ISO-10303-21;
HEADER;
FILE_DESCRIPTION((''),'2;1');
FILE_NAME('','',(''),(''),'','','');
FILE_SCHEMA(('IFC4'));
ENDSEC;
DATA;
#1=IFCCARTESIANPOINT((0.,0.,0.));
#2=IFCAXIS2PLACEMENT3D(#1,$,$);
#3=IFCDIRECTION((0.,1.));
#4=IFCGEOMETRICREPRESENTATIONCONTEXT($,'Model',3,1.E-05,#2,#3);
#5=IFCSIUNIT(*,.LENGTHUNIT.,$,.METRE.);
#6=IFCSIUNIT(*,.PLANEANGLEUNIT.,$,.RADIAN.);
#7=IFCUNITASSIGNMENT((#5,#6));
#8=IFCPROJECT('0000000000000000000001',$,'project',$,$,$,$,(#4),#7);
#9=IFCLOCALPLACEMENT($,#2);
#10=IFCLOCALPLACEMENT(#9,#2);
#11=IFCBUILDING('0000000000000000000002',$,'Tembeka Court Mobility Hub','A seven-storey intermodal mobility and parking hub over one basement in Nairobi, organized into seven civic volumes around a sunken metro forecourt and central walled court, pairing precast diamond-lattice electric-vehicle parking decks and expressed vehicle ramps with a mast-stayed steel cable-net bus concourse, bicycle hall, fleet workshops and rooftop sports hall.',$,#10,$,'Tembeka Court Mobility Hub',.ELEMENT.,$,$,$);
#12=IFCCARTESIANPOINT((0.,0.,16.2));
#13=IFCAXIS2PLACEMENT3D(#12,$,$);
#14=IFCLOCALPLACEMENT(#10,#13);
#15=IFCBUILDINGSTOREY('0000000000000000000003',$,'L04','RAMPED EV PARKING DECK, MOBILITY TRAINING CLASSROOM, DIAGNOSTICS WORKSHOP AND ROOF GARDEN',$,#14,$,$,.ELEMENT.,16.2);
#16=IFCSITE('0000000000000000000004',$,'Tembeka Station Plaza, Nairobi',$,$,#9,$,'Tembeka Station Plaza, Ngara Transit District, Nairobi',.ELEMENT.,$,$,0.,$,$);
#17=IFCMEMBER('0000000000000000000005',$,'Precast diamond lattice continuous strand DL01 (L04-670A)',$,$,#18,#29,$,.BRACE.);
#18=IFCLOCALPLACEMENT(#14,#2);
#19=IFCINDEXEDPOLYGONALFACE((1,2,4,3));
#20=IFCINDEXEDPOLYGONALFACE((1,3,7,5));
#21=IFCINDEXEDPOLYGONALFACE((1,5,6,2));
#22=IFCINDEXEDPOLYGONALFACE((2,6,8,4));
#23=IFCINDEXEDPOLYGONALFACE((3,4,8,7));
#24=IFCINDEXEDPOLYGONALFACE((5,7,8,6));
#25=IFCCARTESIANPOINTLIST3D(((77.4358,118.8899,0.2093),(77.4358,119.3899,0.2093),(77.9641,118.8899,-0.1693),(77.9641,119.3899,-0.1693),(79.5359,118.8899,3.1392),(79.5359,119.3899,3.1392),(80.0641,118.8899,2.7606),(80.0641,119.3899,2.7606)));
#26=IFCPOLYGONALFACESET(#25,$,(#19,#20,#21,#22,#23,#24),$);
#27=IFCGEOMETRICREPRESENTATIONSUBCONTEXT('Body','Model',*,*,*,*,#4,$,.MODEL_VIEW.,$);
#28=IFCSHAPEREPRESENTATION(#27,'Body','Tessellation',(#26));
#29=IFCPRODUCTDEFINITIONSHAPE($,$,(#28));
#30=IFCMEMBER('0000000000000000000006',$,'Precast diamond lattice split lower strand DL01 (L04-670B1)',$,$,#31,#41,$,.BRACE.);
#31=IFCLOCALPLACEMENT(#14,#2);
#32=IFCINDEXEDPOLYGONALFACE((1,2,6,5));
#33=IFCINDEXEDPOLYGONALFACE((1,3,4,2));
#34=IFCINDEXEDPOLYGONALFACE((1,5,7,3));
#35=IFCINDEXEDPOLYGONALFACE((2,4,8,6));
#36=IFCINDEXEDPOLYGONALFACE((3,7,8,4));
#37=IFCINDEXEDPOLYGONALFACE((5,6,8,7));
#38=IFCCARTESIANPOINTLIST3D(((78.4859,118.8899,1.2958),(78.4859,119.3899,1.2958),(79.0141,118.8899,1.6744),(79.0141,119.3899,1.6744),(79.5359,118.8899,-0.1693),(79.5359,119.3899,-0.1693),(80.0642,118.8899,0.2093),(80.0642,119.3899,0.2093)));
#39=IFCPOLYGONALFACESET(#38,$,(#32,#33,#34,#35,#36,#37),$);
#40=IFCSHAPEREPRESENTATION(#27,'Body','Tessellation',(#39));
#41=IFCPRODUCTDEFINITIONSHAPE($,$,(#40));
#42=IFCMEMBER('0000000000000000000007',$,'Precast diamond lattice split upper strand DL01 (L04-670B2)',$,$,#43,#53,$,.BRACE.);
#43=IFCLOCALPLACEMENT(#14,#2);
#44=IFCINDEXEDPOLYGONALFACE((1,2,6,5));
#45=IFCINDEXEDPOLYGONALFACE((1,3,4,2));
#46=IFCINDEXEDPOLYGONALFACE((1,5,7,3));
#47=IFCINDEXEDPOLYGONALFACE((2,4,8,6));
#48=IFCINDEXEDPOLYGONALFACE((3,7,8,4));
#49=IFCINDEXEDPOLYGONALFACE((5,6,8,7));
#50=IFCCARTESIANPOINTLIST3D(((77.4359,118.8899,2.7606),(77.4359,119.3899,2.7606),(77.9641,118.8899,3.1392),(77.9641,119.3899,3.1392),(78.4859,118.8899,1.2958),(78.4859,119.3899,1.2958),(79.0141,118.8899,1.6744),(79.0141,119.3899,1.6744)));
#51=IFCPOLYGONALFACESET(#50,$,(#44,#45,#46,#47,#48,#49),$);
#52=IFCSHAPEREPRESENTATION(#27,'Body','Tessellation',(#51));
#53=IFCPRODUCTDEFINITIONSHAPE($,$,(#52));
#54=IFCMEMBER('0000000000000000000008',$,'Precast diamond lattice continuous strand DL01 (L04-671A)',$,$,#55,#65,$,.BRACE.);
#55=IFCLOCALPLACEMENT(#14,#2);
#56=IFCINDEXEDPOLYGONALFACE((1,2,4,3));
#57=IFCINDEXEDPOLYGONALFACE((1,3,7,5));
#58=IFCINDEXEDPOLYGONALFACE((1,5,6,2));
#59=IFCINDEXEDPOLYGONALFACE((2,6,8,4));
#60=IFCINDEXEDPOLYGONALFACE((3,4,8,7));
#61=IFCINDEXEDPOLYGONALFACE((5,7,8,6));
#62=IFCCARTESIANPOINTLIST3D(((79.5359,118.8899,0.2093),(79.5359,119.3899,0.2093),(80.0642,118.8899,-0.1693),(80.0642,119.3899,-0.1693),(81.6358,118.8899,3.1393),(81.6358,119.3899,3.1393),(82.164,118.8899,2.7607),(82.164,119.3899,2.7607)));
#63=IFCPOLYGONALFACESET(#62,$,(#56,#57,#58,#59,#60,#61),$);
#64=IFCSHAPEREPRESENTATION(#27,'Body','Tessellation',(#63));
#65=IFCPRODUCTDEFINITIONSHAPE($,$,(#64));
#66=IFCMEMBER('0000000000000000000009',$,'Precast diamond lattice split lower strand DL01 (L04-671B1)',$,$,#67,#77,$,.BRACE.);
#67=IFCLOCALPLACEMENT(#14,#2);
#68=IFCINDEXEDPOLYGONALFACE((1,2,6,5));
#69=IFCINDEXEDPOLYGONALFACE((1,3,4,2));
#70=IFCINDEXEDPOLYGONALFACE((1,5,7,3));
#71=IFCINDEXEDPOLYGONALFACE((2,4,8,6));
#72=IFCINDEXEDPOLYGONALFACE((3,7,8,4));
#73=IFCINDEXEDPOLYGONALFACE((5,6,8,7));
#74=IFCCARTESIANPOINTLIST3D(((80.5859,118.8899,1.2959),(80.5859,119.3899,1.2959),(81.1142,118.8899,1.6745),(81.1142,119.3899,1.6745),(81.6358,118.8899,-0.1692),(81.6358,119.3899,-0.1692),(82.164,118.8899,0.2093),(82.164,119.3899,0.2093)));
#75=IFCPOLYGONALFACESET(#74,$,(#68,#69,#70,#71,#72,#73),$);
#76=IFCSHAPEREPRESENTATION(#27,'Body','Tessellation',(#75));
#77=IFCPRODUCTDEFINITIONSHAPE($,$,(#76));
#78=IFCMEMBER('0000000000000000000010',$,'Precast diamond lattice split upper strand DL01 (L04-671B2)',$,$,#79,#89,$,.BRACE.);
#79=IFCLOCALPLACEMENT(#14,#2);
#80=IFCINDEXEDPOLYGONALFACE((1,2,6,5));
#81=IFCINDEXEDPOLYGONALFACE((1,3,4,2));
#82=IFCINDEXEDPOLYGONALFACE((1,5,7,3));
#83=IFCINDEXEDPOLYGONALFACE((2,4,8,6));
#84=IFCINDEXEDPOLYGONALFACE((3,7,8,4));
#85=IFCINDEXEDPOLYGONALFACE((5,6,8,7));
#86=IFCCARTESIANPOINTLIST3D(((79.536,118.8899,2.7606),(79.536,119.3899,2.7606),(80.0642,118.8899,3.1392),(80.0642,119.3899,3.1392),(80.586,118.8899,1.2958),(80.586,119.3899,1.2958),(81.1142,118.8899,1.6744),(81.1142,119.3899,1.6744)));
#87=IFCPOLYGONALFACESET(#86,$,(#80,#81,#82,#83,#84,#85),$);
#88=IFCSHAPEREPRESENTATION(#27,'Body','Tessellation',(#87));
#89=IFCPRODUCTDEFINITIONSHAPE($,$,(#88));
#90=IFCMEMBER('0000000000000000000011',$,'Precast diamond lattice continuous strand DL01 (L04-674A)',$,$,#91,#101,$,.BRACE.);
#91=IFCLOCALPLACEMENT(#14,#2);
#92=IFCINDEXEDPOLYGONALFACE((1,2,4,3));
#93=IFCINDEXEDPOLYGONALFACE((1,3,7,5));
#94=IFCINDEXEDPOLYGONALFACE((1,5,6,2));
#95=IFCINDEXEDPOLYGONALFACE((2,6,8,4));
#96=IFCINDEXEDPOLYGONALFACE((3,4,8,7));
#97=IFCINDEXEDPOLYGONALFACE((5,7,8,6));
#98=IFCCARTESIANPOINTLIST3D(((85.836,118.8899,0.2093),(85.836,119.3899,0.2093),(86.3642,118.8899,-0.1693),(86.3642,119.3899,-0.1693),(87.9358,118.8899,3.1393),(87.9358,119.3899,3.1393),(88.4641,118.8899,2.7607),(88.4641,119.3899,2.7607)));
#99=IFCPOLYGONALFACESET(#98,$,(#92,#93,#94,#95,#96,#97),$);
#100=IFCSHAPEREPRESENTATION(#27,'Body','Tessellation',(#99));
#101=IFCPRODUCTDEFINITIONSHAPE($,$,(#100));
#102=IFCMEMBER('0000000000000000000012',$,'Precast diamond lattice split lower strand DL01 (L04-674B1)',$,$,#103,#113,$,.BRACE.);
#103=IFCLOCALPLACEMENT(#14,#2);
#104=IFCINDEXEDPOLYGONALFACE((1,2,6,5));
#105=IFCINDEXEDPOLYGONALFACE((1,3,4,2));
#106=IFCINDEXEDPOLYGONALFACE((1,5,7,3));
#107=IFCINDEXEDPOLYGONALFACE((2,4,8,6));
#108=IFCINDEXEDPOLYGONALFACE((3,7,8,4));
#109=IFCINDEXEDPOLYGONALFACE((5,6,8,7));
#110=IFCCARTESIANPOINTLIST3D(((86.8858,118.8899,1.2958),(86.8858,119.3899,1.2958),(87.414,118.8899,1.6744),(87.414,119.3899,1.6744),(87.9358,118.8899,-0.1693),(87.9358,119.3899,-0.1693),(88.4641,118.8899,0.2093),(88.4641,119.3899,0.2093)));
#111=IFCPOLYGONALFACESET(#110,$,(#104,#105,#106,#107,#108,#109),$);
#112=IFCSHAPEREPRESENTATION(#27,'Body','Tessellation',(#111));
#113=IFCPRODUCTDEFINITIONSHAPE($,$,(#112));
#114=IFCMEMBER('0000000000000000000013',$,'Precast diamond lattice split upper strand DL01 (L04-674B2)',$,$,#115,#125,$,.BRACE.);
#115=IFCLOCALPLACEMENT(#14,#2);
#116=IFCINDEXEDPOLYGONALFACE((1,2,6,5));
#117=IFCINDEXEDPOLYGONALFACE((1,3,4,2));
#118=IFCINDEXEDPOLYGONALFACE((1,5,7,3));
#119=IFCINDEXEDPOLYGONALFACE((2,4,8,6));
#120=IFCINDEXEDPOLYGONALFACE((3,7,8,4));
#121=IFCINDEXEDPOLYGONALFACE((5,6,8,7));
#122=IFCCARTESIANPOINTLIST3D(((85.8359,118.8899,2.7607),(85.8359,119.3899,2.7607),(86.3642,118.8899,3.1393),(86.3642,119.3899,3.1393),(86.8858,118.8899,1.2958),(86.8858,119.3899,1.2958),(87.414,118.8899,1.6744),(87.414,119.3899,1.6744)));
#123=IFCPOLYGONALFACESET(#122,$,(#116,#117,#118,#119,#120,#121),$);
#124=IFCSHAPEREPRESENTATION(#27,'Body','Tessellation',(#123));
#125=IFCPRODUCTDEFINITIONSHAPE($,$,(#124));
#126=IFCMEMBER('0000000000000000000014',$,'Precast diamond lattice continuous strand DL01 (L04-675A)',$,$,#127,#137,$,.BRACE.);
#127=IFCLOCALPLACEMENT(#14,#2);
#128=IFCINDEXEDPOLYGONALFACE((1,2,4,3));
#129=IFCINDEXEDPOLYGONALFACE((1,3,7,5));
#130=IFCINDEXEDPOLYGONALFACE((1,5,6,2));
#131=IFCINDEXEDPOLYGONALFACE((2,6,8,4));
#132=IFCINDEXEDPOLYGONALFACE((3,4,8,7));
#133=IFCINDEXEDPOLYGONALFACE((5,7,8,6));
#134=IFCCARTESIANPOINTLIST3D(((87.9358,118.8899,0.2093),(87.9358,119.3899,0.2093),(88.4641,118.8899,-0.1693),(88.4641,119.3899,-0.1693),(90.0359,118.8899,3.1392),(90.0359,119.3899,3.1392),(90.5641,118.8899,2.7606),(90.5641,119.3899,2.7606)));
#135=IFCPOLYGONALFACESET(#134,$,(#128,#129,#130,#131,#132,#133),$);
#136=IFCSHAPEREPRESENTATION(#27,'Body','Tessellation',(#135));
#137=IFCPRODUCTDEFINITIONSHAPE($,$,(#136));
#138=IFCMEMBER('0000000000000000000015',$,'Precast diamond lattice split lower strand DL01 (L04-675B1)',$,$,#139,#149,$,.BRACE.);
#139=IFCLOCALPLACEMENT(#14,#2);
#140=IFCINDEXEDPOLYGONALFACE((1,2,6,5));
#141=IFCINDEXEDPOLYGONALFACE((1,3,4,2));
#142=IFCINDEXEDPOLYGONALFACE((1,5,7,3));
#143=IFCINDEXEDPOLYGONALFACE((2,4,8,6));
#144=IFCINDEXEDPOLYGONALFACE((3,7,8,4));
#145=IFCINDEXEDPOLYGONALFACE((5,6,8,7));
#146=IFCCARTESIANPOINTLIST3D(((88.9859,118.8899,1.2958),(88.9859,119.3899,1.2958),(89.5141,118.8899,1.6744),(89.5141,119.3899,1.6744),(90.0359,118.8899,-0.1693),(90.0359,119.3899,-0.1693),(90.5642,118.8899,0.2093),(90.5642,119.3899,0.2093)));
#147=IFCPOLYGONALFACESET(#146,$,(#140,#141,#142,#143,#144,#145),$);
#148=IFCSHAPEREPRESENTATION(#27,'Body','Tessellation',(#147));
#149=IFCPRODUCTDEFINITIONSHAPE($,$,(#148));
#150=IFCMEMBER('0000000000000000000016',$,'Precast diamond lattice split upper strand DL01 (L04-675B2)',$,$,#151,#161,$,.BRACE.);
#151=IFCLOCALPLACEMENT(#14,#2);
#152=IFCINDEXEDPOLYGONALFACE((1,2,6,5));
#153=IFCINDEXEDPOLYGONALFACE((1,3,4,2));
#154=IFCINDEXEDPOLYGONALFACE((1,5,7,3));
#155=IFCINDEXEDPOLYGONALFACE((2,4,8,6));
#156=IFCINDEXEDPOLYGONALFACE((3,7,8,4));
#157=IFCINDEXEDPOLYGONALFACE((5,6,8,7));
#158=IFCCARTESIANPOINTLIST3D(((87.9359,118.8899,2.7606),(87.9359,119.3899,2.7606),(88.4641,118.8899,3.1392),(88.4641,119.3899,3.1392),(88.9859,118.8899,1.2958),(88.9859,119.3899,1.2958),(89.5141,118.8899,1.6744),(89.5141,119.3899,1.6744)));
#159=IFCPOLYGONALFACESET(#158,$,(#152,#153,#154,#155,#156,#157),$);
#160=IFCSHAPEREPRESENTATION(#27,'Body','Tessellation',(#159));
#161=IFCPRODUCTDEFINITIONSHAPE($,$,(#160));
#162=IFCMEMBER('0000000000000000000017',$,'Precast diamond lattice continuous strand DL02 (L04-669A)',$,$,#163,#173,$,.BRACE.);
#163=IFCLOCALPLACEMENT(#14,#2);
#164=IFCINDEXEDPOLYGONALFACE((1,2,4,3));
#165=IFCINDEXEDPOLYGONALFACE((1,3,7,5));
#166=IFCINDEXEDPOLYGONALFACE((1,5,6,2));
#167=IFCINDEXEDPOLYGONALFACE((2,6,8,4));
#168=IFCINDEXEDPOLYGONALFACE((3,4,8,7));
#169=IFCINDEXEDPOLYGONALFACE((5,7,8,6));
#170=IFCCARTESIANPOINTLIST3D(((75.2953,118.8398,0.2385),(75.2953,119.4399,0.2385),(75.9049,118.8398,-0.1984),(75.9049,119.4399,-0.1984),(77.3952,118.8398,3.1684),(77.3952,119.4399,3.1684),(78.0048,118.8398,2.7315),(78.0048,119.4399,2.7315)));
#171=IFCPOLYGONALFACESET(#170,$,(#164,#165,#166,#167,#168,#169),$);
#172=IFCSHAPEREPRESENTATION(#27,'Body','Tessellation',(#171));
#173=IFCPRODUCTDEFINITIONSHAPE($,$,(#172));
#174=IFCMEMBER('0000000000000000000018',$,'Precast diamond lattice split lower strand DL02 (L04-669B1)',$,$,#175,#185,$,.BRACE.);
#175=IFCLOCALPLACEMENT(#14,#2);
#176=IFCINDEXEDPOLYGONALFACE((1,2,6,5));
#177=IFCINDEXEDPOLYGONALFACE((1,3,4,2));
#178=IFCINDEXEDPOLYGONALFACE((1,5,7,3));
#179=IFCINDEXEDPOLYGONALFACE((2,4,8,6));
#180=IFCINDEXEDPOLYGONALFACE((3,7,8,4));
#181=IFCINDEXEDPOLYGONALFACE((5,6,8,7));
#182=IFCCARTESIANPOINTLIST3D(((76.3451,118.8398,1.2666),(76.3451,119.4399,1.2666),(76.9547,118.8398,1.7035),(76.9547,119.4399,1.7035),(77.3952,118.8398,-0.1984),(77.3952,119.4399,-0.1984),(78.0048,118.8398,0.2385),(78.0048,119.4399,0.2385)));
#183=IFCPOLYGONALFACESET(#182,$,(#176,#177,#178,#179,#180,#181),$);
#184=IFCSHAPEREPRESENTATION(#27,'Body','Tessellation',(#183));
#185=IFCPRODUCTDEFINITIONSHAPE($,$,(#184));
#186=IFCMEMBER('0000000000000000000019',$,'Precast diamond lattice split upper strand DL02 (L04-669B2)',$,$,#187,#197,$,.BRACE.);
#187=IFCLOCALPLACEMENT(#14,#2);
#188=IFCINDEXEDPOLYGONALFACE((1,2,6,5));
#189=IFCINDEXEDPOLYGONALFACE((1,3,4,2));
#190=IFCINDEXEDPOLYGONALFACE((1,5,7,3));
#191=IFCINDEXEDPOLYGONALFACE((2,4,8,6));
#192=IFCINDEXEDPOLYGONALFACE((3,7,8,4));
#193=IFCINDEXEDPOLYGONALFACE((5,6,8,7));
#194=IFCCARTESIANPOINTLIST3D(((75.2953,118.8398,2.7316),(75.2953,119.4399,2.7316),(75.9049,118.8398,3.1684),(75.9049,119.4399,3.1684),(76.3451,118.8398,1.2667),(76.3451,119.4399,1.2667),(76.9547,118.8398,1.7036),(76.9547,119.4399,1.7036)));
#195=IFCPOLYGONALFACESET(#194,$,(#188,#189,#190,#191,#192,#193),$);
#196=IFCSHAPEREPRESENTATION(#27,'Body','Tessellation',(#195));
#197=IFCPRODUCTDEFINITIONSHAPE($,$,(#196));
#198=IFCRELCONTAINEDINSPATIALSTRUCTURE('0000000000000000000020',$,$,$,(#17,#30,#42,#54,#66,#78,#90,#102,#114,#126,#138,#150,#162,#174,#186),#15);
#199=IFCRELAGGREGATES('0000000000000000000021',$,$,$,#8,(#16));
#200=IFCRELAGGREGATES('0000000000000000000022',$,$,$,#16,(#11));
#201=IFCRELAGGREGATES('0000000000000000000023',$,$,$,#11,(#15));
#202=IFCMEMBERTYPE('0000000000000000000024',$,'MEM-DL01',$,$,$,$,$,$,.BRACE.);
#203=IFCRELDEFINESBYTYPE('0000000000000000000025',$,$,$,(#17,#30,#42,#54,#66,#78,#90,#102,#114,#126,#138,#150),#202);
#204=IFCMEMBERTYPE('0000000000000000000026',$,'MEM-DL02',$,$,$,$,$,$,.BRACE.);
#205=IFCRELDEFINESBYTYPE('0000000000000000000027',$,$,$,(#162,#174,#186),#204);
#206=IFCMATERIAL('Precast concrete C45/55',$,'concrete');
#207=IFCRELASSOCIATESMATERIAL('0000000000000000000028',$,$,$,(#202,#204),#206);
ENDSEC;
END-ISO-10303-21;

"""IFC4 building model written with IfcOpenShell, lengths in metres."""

from ifc_helpers import new_model, si_unit, direction, frame, origin, origin_2d, place, context, subcontext, project, spatial, rectangle, extrude, material, material_profile, profile_set, type_object, element, save


model = new_model("IFC4")

# Units and contexts
model_context = context("Model", 3, precision=1e-05, world=origin(), true_north=direction((0.0, 1.0)))
body_context = subcontext(model_context, "Body", "Model", "MODEL_VIEW")
ifc_project = project(units=[si_unit("LENGTHUNIT", "METRE"), si_unit("PLANEANGLEUNIT", "RADIAN")], contexts=[model_context])

# Site, building, storey
site_placement = place(None, origin())
site = spatial("IfcSite", under=ifc_project, at=site_placement, Name="Tembeka Station Plaza, Nairobi", LongName="Tembeka Station Plaza, Ngara Transit District, Nairobi", CompositionType="ELEMENT", RefElevation=0.0)
building_placement = place(site_placement, origin())
building = spatial("IfcBuilding", under=site, at=building_placement, Name="Tembeka Court Mobility Hub", Description="A seven-storey intermodal mobility and parking hub over one basement in Nairobi, organized into seven civic volumes around a sunken metro forecourt and central walled court, pairing precast diamond-lattice electric-vehicle parking decks and expressed vehicle ramps with a mast-stayed steel cable-net bus concourse, bicycle hall, fleet workshops and rooftop sports hall.", LongName="Tembeka Court Mobility Hub", CompositionType="ELEMENT")
storey_placement = place(building_placement, frame((0.0, 0.0, 16.2)))
storey = spatial("IfcBuildingStorey", under=building, at=storey_placement, Name="L04", Description="RAMPED EV PARKING DECK, MOBILITY TRAINING CLASSROOM, DIAGNOSTICS WORKSHOP AND ROOF GARDEN", CompositionType="ELEMENT", Elevation=16.2)

# Members
ifc_material = material(Name="Precast concrete C45/55", Category="concrete")
ifc_material_profile_1 = material_profile(ifc_material, rectangle(XDim=0.5, YDim=0.6499, at=origin_2d()), Name="PC-DIAG 500x650")
ifc_profile_set_1 = profile_set([ifc_material_profile_1], Name="Precast concrete C45/55")
member_type_1 = type_object("IfcMemberType", Name="MEM-DL01", PredefinedType="BRACE", material=ifc_profile_set_1)
member_1_placement = place(storey_placement, frame((77.7, 119.1399, 0.02), z_axis=(0.582576, 0.0, 0.812776), x_axis=(0.0, 1.0, 0.0)))
element("IfcMember", 1, at=member_1_placement, inside=storey, type_object=member_type_1, Name="Precast diamond lattice continuous strand DL01 (L04-670A)", PredefinedType="BRACE", context=body_context, shape_type="SweptSolid", body=[
    extrude(rectangle(XDim=0.5, YDim=0.6499, at=origin_2d()), origin(), (0.0, 0.0, 1.0), 3.6047),
])
member_2_placement = place(storey_placement, frame((79.8, 119.1399, 0.02), z_axis=(-0.582544, 0.0, 0.812799), x_axis=(0.0, -1.0, 0.0)))
element("IfcMember", 2, at=member_2_placement, inside=storey, type_object=member_type_1, Name="Precast diamond lattice split lower strand DL01 (L04-670B1)", PredefinedType="BRACE", context=body_context, shape_type="SweptSolid", body=[
    extrude(rectangle(XDim=0.5, YDim=0.6499, at=origin_2d()), origin(), (0.0, 0.0, 1.0), 1.8025),
])
member_3_placement = place(storey_placement, frame((78.75, 119.1399, 1.4851), z_axis=(-0.582608, 0.0, 0.812753), x_axis=(0.0, -1.0, 0.0)))
element("IfcMember", 3, at=member_3_placement, inside=storey, type_object=member_type_1, Name="Precast diamond lattice split upper strand DL01 (L04-670B2)", PredefinedType="BRACE", context=body_context, shape_type="SweptSolid", body=[
    extrude(rectangle(XDim=0.5, YDim=0.6499, at=origin_2d()), origin(), (0.0, 0.0, 1.0), 1.8022),
])
member_4_placement = place(storey_placement, frame((79.8, 119.1399, 0.02), z_axis=(0.582532, 0.0, 0.812808), x_axis=(0.0, 1.0, 0.0)))
element("IfcMember", 4, at=member_4_placement, inside=storey, type_object=member_type_1, Name="Precast diamond lattice continuous strand DL01 (L04-671A)", PredefinedType="BRACE", context=body_context, shape_type="SweptSolid", body=[
    extrude(rectangle(XDim=0.5, YDim=0.6499, at=origin_2d()), origin(), (0.0, 0.0, 1.0), 3.6047),
])
member_5_placement = place(storey_placement, frame((81.8999, 119.1399, 0.02), z_axis=(-0.582455, 0.0, 0.812863), x_axis=(0.0, -1.0, 0.0)))
element("IfcMember", 5, at=member_5_placement, inside=storey, type_object=member_type_1, Name="Precast diamond lattice split lower strand DL01 (L04-671B1)", PredefinedType="BRACE", context=body_context, shape_type="SweptSolid", body=[
    extrude(rectangle(XDim=0.5, YDim=0.6499, at=origin_2d()), origin(), (0.0, 0.0, 1.0), 1.8025),
])
member_6_placement = place(storey_placement, frame((80.8501, 119.1399, 1.4851), z_axis=(-0.582608, 0.0, 0.812753), x_axis=(0.0, -1.0, 0.0)))
element("IfcMember", 6, at=member_6_placement, inside=storey, type_object=member_type_1, Name="Precast diamond lattice split upper strand DL01 (L04-671B2)", PredefinedType="BRACE", context=body_context, shape_type="SweptSolid", body=[
    extrude(rectangle(XDim=0.5, YDim=0.6499, at=origin_2d()), origin(), (0.0, 0.0, 1.0), 1.8022),
])
member_7_placement = place(storey_placement, frame((86.1001, 119.1399, 0.02), z_axis=(0.582532, 0.0, 0.812808), x_axis=(0.0, 1.0, 0.0)))
element("IfcMember", 7, at=member_7_placement, inside=storey, type_object=member_type_1, Name="Precast diamond lattice continuous strand DL01 (L04-674A)", PredefinedType="BRACE", context=body_context, shape_type="SweptSolid", body=[
    extrude(rectangle(XDim=0.5, YDim=0.6499, at=origin_2d()), origin(), (0.0, 0.0, 1.0), 3.6047),
])
member_8_placement = place(storey_placement, frame((88.2, 119.1399, 0.02), z_axis=(-0.582544, 0.0, 0.812799), x_axis=(0.0, -1.0, 0.0)))
element("IfcMember", 8, at=member_8_placement, inside=storey, type_object=member_type_1, Name="Precast diamond lattice split lower strand DL01 (L04-674B1)", PredefinedType="BRACE", context=body_context, shape_type="SweptSolid", body=[
    extrude(rectangle(XDim=0.5, YDim=0.6499, at=origin_2d()), origin(), (0.0, 0.0, 1.0), 1.8025),
])
member_9_placement = place(storey_placement, frame((87.1499, 119.1399, 1.4851), z_axis=(-0.582519, 0.0, 0.812817), x_axis=(0.0, -1.0, 0.0)))
element("IfcMember", 9, at=member_9_placement, inside=storey, type_object=member_type_1, Name="Precast diamond lattice split upper strand DL01 (L04-674B2)", PredefinedType="BRACE", context=body_context, shape_type="SweptSolid", body=[
    extrude(rectangle(XDim=0.5, YDim=0.6499, at=origin_2d()), origin(), (0.0, 0.0, 1.0), 1.8022),
])
member_10_placement = place(storey_placement, frame((88.2, 119.1399, 0.02), z_axis=(0.582576, 0.0, 0.812776), x_axis=(0.0, 1.0, 0.0)))
element("IfcMember", 10, at=member_10_placement, inside=storey, type_object=member_type_1, Name="Precast diamond lattice continuous strand DL01 (L04-675A)", PredefinedType="BRACE", context=body_context, shape_type="SweptSolid", body=[
    extrude(rectangle(XDim=0.5, YDim=0.6499, at=origin_2d()), origin(), (0.0, 0.0, 1.0), 3.6047),
])
member_11_placement = place(storey_placement, frame((90.3, 119.1399, 0.02), z_axis=(-0.582544, 0.0, 0.812799), x_axis=(0.0, -1.0, 0.0)))
element("IfcMember", 11, at=member_11_placement, inside=storey, type_object=member_type_1, Name="Precast diamond lattice split lower strand DL01 (L04-675B1)", PredefinedType="BRACE", context=body_context, shape_type="SweptSolid", body=[
    extrude(rectangle(XDim=0.5, YDim=0.6499, at=origin_2d()), origin(), (0.0, 0.0, 1.0), 1.8025),
])
member_12_placement = place(storey_placement, frame((89.25, 119.1399, 1.4851), z_axis=(-0.582608, 0.0, 0.812753), x_axis=(0.0, -1.0, 0.0)))
element("IfcMember", 12, at=member_12_placement, inside=storey, type_object=member_type_1, Name="Precast diamond lattice split upper strand DL01 (L04-675B2)", PredefinedType="BRACE", context=body_context, shape_type="SweptSolid", body=[
    extrude(rectangle(XDim=0.5, YDim=0.6499, at=origin_2d()), origin(), (0.0, 0.0, 1.0), 1.8022),
])
ifc_material_profile_2 = material_profile(ifc_material, rectangle(XDim=0.6001, YDim=0.75, at=origin_2d()), Name="PC-DIAG 600x750")
ifc_profile_set_2 = profile_set([ifc_material_profile_2], Name="Precast concrete C45/55")
member_type_2 = type_object("IfcMemberType", Name="MEM-DL02", PredefinedType="BRACE", material=ifc_profile_set_2)
member_13_placement = place(storey_placement, frame((75.6001, 119.1399, 0.02), z_axis=(0.582532, 0.0, 0.812808), x_axis=(0.0, 1.0, 0.0)))
element("IfcMember", 13, at=member_13_placement, inside=storey, type_object=member_type_2, Name="Precast diamond lattice continuous strand DL02 (L04-669A)", PredefinedType="BRACE", context=body_context, shape_type="SweptSolid", body=[
    extrude(rectangle(XDim=0.6001, YDim=0.75, at=origin_2d()), origin(), (0.0, 0.0, 1.0), 3.6047),
])
member_14_placement = place(storey_placement, frame((77.7, 119.1399, 0.02), z_axis=(-0.582544, 0.0, 0.812799), x_axis=(0.0, -1.0, 0.0)))
element("IfcMember", 14, at=member_14_placement, inside=storey, type_object=member_type_2, Name="Precast diamond lattice split lower strand DL02 (L04-669B1)", PredefinedType="BRACE", context=body_context, shape_type="SweptSolid", body=[
    extrude(rectangle(XDim=0.6001, YDim=0.75, at=origin_2d()), origin(), (0.0, 0.0, 1.0), 1.8025),
])
member_15_placement = place(storey_placement, frame((76.6499, 119.1399, 1.4851), z_axis=(-0.582519, 0.0, 0.812817), x_axis=(0.0, -1.0, 0.0)))
element("IfcMember", 15, at=member_15_placement, inside=storey, type_object=member_type_2, Name="Precast diamond lattice split upper strand DL02 (L04-669B2)", PredefinedType="BRACE", context=body_context, shape_type="SweptSolid", body=[
    extrude(rectangle(XDim=0.6001, YDim=0.75, at=origin_2d()), origin(), (0.0, 0.0, 1.0), 1.8022),
])

save(model, "model.ifc")
